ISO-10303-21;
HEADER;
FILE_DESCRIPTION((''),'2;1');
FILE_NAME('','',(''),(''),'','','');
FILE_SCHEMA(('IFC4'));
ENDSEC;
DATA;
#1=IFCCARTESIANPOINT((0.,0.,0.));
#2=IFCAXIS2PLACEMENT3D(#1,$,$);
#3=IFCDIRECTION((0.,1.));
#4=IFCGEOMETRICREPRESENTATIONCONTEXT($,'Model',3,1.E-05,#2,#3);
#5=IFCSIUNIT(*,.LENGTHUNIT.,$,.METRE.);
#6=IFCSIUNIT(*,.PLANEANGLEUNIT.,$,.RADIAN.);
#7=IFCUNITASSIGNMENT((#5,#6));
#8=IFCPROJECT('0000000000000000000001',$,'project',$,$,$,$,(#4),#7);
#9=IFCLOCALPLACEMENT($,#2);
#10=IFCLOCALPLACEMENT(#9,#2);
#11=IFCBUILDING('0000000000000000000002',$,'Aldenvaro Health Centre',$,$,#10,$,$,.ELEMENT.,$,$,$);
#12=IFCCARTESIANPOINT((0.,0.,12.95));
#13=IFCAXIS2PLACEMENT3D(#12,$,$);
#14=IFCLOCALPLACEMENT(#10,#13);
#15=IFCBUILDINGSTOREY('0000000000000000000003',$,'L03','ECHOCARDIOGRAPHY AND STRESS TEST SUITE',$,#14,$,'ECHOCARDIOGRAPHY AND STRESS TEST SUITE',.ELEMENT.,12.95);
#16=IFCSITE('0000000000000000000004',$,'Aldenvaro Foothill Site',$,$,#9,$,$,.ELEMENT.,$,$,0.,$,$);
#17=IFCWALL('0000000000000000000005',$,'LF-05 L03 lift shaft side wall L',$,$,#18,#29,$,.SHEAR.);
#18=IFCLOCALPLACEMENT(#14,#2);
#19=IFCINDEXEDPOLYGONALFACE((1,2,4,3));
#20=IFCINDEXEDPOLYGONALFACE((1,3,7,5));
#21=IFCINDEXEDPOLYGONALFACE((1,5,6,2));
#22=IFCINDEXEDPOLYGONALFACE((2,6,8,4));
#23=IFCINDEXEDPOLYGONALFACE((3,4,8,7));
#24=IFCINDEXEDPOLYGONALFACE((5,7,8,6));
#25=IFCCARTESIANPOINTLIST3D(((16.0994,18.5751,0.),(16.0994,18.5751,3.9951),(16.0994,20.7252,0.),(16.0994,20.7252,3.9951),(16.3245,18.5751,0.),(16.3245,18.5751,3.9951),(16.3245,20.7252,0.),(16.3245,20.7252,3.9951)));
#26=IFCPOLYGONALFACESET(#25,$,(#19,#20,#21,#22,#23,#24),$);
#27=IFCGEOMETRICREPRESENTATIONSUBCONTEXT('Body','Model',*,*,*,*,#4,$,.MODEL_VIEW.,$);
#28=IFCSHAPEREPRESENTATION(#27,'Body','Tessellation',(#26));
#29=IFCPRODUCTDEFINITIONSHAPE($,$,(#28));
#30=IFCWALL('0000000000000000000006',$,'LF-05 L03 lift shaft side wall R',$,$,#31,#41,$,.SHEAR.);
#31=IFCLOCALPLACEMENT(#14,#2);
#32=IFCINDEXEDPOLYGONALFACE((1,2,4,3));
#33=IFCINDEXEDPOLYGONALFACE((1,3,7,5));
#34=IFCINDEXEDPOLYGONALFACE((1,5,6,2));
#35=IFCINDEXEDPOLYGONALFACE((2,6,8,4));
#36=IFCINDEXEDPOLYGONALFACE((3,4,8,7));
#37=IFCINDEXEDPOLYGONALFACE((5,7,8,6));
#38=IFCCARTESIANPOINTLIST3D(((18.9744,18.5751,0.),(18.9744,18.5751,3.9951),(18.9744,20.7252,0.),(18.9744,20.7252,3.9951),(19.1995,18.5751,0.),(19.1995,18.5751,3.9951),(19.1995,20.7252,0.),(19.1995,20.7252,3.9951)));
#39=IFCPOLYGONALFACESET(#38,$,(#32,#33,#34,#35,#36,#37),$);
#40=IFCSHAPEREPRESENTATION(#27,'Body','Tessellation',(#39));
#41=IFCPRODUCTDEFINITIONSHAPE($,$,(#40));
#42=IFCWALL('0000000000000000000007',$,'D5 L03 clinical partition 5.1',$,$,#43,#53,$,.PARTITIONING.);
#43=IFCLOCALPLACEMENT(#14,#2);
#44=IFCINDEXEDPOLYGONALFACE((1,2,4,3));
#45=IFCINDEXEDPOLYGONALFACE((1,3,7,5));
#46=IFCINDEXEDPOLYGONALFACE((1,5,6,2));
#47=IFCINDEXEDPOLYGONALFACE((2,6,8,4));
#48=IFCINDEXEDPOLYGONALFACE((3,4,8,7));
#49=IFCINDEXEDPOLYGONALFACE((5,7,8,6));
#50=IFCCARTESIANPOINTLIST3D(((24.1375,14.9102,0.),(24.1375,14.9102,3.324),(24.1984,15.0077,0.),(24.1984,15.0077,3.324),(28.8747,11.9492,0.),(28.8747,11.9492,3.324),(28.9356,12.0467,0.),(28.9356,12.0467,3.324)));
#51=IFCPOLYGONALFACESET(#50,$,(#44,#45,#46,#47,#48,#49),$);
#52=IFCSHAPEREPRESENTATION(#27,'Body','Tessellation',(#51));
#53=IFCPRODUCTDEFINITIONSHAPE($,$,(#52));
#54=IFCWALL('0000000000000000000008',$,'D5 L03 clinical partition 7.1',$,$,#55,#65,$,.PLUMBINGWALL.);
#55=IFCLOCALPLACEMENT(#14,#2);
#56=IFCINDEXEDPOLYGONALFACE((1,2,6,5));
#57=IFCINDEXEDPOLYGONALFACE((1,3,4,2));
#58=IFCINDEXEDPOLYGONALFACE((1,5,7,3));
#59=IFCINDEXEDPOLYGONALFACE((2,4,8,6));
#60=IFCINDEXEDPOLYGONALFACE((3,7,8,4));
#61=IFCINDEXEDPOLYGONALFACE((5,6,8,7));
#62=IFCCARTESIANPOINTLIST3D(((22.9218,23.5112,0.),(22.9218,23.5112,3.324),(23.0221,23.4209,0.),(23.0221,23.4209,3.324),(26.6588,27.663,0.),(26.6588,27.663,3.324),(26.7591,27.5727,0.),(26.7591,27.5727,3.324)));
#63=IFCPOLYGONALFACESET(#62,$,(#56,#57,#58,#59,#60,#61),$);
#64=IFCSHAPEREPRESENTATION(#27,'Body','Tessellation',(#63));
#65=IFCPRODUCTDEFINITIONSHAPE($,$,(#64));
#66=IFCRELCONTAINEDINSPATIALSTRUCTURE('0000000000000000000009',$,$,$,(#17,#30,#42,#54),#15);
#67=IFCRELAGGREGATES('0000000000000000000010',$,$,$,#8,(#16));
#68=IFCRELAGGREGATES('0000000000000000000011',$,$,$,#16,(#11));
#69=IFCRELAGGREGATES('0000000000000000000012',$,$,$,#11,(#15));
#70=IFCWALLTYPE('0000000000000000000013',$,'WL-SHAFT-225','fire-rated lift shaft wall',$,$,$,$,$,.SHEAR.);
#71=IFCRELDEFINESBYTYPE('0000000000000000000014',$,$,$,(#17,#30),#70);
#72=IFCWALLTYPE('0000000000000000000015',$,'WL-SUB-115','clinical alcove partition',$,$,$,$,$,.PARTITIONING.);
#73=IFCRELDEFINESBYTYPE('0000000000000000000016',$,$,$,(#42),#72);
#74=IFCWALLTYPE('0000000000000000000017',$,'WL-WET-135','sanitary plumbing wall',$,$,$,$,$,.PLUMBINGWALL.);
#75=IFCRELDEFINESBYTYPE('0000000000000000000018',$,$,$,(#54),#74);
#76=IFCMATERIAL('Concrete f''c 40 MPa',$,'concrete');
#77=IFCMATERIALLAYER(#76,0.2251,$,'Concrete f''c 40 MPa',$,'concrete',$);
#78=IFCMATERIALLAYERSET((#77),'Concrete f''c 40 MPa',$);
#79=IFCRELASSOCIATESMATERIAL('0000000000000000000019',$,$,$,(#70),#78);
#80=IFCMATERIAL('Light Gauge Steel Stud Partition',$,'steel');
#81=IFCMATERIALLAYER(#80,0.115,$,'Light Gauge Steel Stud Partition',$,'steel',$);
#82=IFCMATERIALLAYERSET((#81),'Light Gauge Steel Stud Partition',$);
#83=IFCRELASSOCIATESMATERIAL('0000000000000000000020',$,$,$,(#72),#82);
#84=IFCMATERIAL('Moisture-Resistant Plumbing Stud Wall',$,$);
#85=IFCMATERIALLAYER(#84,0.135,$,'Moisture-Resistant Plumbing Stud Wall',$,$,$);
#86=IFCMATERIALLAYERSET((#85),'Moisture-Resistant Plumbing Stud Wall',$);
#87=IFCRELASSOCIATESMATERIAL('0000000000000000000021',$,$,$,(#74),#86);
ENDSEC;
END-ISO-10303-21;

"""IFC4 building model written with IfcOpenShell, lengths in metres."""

from ifc_helpers import new_model, si_unit, direction, frame, frame_2d, origin, place, context, subcontext, project, spatial, rectangle, extrude, material, layer, layer_set, type_object, element, save


model = new_model("IFC4")

# Units and contexts
model_context = context("Model", 3, precision=1e-05, world=origin(), true_north=direction((0.0, 1.0)))
body_context = subcontext(model_context, "Body", "Model", "MODEL_VIEW")
ifc_project = project(units=[si_unit("LENGTHUNIT", "METRE"), si_unit("PLANEANGLEUNIT", "RADIAN")], contexts=[model_context])

# Site, building, storey
site_placement = place(None, origin())
site = spatial("IfcSite", under=ifc_project, at=site_placement, Name="Aldenvaro Foothill Site", CompositionType="ELEMENT", RefElevation=0.0)
building_placement = place(site_placement, origin())
building = spatial("IfcBuilding", under=site, at=building_placement, Name="Aldenvaro Health Centre", CompositionType="ELEMENT")
storey_placement = place(building_placement, frame((0.0, 0.0, 12.95)))
storey = spatial("IfcBuildingStorey", under=building, at=storey_placement, Name="L03", Description="ECHOCARDIOGRAPHY AND STRESS TEST SUITE", LongName="ECHOCARDIOGRAPHY AND STRESS TEST SUITE", CompositionType="ELEMENT", Elevation=12.95)

# Walls
ifc_material_1 = material(Name="Concrete f'c 40 MPa", Category="concrete")
ifc_layer_1 = layer(ifc_material_1, 0.2251, Name="Concrete f'c 40 MPa", Category="concrete")
ifc_layer_set_1 = layer_set([ifc_layer_1], Name="Concrete f'c 40 MPa")
wall_type_1 = type_object("IfcWallType", Name="WL-SHAFT-225", Description="fire-rated lift shaft wall", PredefinedType="SHEAR", material=ifc_layer_set_1)
for number, where, z_axis, x_axis, name in (
    (1, (16.2119, 18.575, 0.0), (0.0, 0.0, 1.0), (0.0, 1.0, 0.0), "LF-05 L03 lift shaft side wall L"),
    (2, (19.0869, 18.575, 0.0), (0.0, 0.0, 1.0), (0.0, 1.0, 0.0), "LF-05 L03 lift shaft side wall R"),
):
    element("IfcWall", number, at=place(storey_placement, frame(where, z_axis=z_axis, x_axis=x_axis)), inside=storey, type_object=wall_type_1, Name=name, PredefinedType="SHEAR", context=body_context, shape_type="SweptSolid", body=[
        extrude(rectangle(XDim=2.1501, YDim=0.2251, at=frame_2d((1.0752, 0.0))), origin(), (0.0, 0.0, 1.0), 3.9951),
    ])
ifc_material_2 = material(Name="Light Gauge Steel Stud Partition", Category="steel")
ifc_layer_2 = layer(ifc_material_2, 0.115, Name="Light Gauge Steel Stud Partition", Category="steel")
ifc_layer_set_2 = layer_set([ifc_layer_2], Name="Light Gauge Steel Stud Partition")
wall_type_2 = type_object("IfcWallType", Name="WL-SUB-115", Description="clinical alcove partition", PredefinedType="PARTITIONING", material=ifc_layer_set_2)
wall_1_placement = place(storey_placement, frame((24.168, 14.959, 0.0), z_axis=(0.0, 0.0, 1.0), x_axis=(0.847976, -0.530034, 0.0)))
element("IfcWall", 3, at=wall_1_placement, inside=storey, type_object=wall_type_2, Name="D5 L03 clinical partition 5.1", PredefinedType="PARTITIONING", context=body_context, shape_type="SweptSolid", body=[
    extrude(rectangle(XDim=5.5864, YDim=0.115, at=frame_2d((2.7932, 0.0))), origin(), (0.0, 0.0, 1.0), 3.324),
])
ifc_material_3 = material(Name="Moisture-Resistant Plumbing Stud Wall")
ifc_layer_3 = layer(ifc_material_3, 0.135, Name="Moisture-Resistant Plumbing Stud Wall")
ifc_layer_set_3 = layer_set([ifc_layer_3], Name="Moisture-Resistant Plumbing Stud Wall")
wall_type_3 = type_object("IfcWallType", Name="WL-WET-135", Description="sanitary plumbing wall", PredefinedType="PLUMBINGWALL", material=ifc_layer_set_3)
wall_2_placement = place(storey_placement, frame((22.9719, 23.4661, 0.0), z_axis=(0.0, 0.0, 1.0), x_axis=(0.669003, 0.743259, 0.0)))
element("IfcWall", 4, at=wall_2_placement, inside=storey, type_object=wall_type_3, Name="D5 L03 clinical partition 7.1", PredefinedType="PLUMBINGWALL", context=body_context, shape_type="SweptSolid", body=[
    extrude(rectangle(XDim=5.5859, YDim=0.135, at=frame_2d((2.793, 0.0))), origin(), (0.0, 0.0, 1.0), 3.324),
])

save(model, "model.ifc")
